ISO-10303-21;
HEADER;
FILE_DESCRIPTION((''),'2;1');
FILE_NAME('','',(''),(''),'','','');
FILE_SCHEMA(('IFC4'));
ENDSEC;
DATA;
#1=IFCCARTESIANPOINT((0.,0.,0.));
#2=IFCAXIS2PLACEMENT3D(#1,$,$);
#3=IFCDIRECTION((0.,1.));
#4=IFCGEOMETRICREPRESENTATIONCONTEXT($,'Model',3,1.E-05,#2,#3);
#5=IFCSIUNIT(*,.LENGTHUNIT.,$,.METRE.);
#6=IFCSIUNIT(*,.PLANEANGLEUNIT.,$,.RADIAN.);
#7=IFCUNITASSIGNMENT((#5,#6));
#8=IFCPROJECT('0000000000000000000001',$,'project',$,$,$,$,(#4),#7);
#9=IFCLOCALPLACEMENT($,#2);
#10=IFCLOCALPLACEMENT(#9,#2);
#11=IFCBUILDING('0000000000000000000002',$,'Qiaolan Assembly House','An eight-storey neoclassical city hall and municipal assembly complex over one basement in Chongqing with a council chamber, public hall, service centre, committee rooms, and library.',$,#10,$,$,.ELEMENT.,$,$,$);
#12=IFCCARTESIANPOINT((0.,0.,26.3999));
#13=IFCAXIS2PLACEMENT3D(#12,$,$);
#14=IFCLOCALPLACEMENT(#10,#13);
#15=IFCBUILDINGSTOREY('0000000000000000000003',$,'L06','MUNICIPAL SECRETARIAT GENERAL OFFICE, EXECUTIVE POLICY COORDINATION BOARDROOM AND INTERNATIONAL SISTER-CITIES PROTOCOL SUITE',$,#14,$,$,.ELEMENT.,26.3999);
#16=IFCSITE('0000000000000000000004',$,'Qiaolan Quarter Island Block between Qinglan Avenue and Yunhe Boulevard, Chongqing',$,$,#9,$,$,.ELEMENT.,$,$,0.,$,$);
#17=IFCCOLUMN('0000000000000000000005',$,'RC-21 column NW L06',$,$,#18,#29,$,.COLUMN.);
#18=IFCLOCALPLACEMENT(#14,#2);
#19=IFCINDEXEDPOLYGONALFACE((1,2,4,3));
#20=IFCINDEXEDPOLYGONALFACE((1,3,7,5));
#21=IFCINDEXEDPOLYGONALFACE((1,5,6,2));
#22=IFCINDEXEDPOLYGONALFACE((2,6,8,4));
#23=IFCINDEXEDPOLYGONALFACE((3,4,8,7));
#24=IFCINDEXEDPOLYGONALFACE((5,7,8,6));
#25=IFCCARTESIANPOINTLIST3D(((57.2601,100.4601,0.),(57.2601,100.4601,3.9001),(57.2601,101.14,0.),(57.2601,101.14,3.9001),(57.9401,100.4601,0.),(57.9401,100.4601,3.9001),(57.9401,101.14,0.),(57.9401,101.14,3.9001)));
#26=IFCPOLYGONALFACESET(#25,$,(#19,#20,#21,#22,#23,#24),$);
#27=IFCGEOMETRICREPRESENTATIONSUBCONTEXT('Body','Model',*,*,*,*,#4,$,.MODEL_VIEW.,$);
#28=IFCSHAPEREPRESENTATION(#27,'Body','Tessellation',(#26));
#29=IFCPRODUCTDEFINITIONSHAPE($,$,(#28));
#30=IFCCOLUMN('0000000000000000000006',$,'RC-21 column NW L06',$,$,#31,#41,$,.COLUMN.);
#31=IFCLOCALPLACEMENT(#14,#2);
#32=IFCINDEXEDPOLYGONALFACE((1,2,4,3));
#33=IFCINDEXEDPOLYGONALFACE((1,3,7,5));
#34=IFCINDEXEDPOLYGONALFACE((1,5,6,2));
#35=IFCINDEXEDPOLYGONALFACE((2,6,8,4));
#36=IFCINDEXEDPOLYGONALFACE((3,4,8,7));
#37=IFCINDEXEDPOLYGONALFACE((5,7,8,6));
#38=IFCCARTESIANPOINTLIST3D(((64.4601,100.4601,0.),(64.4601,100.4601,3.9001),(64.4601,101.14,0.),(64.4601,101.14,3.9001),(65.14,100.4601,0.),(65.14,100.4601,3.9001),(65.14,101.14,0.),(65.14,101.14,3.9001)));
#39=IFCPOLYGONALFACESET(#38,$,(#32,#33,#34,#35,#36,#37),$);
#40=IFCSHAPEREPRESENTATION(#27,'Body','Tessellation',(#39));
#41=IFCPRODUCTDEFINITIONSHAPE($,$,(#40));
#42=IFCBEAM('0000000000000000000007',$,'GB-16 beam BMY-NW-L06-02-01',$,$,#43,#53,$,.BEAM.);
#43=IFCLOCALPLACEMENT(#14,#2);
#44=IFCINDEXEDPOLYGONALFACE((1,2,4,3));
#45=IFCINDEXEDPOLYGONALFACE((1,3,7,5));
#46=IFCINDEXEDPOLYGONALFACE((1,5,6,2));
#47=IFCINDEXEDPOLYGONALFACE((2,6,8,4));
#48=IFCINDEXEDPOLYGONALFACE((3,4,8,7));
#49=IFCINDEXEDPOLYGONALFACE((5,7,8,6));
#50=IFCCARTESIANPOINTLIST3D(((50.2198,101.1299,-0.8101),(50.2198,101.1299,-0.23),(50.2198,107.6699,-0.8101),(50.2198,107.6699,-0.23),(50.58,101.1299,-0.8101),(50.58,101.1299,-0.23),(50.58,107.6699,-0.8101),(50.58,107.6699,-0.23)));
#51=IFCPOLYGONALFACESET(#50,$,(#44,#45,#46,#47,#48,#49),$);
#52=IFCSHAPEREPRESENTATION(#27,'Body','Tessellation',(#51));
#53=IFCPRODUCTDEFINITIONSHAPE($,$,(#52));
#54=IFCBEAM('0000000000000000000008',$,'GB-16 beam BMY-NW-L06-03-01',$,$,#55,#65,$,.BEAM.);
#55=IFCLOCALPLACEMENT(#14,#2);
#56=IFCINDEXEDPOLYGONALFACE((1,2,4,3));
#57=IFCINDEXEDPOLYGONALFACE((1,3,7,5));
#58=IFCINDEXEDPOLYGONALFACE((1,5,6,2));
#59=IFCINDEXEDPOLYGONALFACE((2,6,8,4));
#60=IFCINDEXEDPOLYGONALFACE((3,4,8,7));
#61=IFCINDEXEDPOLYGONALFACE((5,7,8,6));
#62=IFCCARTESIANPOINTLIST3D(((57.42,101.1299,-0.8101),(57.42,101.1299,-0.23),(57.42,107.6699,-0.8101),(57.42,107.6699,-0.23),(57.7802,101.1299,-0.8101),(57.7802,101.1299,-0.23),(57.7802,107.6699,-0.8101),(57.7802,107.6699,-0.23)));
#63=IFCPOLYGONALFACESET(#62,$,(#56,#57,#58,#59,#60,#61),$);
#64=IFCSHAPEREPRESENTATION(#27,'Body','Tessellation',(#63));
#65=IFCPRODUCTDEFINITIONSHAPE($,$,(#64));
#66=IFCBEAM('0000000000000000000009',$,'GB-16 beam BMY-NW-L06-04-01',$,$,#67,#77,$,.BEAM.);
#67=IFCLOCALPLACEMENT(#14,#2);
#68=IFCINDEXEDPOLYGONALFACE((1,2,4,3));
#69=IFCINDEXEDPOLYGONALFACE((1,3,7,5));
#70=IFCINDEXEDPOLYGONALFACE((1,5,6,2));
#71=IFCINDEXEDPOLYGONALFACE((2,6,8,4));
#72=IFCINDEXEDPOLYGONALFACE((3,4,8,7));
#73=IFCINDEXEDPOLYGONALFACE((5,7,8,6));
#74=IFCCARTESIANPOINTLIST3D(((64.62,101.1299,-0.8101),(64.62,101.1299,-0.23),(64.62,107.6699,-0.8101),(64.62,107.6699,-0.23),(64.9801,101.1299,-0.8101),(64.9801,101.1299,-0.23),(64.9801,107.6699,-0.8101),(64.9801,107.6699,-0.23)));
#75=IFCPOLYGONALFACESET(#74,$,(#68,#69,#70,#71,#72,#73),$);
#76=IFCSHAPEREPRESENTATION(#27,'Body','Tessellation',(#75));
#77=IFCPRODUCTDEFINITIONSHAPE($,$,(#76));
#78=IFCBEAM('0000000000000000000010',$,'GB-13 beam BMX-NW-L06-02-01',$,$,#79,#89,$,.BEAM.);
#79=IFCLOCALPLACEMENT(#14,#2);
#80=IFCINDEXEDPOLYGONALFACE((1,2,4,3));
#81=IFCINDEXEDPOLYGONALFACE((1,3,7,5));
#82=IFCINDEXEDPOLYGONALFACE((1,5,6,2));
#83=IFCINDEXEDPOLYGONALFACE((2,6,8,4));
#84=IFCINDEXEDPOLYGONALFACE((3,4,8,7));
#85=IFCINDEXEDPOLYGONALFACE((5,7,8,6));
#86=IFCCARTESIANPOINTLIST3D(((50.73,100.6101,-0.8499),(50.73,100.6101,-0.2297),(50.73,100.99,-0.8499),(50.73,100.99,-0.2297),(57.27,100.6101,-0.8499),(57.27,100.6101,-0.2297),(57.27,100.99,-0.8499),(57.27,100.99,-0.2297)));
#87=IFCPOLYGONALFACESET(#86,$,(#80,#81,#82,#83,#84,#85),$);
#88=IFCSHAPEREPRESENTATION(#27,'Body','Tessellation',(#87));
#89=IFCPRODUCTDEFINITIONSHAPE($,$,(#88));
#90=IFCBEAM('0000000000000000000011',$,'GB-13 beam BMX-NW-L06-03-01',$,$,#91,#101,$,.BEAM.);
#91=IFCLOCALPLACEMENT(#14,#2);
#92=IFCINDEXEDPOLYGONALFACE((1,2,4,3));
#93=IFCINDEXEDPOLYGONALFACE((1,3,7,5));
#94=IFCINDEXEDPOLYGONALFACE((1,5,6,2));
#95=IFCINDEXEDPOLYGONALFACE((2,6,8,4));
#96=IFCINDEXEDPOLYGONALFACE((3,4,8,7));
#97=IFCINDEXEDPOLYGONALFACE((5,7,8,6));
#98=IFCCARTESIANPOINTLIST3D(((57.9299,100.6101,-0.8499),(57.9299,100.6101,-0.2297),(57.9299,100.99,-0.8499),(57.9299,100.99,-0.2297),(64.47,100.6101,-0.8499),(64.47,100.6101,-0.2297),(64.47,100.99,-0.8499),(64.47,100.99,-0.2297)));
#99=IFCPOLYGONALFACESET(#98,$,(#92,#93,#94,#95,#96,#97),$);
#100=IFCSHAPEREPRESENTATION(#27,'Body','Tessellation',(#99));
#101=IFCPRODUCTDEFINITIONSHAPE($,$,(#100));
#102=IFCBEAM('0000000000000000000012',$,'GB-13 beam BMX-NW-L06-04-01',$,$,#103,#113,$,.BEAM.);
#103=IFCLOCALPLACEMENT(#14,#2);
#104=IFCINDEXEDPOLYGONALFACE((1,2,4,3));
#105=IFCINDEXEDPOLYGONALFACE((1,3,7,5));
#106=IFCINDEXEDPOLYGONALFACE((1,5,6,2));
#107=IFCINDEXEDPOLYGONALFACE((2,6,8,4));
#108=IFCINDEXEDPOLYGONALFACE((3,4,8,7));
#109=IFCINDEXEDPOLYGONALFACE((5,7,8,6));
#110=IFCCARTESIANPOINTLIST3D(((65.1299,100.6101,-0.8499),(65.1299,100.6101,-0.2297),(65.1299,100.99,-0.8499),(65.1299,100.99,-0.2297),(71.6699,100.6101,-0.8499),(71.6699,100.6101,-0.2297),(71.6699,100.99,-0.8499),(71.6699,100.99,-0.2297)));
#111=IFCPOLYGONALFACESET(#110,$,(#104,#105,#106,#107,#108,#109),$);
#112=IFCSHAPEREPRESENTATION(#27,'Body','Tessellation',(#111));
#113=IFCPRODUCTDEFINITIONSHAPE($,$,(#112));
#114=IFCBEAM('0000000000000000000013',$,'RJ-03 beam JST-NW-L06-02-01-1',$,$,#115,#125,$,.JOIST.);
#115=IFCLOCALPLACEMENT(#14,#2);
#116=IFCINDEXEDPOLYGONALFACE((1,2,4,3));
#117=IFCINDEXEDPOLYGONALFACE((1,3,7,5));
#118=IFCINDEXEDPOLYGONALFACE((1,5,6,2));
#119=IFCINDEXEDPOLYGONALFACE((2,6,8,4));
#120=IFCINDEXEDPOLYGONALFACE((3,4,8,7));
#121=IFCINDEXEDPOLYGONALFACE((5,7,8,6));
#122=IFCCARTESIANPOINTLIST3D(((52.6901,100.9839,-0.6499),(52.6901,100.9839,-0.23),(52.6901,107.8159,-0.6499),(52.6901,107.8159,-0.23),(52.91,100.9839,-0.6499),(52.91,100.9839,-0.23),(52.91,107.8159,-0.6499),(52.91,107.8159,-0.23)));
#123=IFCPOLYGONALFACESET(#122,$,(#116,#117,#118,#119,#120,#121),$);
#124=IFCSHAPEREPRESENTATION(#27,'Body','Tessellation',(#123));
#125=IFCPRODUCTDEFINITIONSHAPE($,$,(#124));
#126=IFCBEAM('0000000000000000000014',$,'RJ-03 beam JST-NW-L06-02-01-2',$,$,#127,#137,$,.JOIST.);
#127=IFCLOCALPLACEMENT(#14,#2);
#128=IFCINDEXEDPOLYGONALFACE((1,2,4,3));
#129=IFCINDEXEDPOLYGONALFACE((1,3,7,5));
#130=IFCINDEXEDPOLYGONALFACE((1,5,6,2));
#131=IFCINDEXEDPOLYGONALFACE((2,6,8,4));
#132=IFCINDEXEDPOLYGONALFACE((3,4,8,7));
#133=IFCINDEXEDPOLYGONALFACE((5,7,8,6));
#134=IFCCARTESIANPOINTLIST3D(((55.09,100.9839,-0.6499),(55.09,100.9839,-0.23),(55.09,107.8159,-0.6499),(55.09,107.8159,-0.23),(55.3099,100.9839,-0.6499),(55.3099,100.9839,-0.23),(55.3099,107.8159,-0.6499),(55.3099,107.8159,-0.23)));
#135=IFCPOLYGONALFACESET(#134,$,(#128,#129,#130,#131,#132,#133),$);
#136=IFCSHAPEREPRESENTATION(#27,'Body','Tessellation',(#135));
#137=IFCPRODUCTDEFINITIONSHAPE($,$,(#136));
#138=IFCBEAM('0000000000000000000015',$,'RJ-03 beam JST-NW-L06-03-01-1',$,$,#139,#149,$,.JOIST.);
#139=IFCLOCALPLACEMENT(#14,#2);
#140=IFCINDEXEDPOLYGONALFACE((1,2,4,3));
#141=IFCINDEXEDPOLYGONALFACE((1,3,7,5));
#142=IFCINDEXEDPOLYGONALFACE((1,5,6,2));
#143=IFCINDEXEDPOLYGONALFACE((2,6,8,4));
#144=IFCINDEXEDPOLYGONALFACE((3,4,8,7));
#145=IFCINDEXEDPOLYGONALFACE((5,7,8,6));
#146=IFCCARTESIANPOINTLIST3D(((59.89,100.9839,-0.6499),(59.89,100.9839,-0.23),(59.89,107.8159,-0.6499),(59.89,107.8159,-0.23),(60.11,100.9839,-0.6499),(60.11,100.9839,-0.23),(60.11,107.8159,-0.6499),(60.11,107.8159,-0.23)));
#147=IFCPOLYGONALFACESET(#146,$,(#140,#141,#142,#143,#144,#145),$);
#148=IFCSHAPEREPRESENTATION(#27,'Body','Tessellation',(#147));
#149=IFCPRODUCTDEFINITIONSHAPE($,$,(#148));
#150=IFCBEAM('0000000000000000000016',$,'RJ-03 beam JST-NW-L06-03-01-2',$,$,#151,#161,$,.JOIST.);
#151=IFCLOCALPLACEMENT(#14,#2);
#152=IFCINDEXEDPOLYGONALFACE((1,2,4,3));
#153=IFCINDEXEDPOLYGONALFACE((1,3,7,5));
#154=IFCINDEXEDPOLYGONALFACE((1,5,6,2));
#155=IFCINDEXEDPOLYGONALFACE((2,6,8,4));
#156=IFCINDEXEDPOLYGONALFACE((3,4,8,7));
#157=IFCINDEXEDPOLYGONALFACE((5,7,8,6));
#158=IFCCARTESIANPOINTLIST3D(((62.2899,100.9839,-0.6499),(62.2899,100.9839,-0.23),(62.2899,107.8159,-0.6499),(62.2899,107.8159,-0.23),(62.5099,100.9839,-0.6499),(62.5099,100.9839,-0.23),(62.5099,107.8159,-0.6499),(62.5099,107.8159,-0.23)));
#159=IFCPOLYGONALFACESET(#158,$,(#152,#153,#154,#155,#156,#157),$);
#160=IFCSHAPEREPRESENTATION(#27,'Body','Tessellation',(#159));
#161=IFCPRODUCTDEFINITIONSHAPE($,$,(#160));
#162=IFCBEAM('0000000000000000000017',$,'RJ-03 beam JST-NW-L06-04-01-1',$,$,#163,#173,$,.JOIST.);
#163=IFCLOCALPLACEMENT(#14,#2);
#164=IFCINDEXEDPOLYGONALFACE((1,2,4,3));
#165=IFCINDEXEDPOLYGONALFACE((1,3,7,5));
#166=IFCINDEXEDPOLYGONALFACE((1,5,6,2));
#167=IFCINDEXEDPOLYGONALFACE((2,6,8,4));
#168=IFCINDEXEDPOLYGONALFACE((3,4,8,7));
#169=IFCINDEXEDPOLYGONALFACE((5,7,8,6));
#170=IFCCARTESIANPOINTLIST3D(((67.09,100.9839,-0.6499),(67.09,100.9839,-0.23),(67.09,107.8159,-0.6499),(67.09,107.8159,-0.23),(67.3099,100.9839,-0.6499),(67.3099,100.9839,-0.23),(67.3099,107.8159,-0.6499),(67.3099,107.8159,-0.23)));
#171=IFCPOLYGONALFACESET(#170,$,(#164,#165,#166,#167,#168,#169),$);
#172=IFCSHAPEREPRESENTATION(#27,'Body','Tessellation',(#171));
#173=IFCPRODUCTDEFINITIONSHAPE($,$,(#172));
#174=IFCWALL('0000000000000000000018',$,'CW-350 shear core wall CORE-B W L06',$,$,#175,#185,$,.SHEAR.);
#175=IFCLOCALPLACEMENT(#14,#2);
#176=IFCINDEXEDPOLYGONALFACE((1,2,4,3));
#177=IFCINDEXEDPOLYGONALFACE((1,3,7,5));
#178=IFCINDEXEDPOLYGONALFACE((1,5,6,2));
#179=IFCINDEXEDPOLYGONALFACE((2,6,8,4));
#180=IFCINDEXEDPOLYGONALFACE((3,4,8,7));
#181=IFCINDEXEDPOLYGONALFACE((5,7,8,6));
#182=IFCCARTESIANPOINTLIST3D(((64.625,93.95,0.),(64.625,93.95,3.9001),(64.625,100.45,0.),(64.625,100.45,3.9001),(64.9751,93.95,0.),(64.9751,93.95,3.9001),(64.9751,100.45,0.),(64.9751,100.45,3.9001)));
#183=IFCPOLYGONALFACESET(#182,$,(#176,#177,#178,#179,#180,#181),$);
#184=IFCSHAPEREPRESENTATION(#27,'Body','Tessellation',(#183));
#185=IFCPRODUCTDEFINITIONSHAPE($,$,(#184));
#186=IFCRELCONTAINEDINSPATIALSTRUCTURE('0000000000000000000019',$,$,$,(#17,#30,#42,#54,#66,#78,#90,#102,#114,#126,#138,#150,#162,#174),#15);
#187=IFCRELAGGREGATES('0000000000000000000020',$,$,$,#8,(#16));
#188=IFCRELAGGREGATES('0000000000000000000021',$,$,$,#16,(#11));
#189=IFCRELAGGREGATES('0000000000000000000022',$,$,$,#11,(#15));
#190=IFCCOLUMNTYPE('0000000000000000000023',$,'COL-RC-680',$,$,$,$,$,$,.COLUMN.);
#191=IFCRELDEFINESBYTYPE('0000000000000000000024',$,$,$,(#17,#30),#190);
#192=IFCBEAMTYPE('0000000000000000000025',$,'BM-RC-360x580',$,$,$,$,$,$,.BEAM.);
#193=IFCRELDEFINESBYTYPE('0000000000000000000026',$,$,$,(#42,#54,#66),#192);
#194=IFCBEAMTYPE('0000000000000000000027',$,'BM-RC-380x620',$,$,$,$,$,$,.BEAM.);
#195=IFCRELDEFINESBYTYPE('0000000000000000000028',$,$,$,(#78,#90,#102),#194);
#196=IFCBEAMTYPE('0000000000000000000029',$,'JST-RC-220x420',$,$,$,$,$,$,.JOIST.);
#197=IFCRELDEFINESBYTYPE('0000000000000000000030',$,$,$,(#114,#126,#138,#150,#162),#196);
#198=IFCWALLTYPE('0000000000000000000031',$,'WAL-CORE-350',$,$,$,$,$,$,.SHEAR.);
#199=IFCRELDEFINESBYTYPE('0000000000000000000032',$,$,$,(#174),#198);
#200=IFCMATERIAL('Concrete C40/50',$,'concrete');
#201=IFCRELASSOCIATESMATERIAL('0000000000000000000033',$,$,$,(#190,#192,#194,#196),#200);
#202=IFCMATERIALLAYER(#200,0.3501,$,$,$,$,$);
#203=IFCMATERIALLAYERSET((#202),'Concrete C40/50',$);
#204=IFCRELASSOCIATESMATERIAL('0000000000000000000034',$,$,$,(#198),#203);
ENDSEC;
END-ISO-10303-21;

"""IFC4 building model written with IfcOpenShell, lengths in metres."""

from ifc_helpers import new_model, si_unit, direction, frame, frame_2d, origin, origin_2d, place, context, subcontext, project, spatial, rectangle, extrude, material, layer, layer_set, material_profile, profile_set, type_object, element, save


model = new_model("IFC4")

# Units and contexts
model_context = context("Model", 3, precision=1e-05, world=origin(), true_north=direction((0.0, 1.0)))
body_context = subcontext(model_context, "Body", "Model", "MODEL_VIEW")
ifc_project = project(units=[si_unit("LENGTHUNIT", "METRE"), si_unit("PLANEANGLEUNIT", "RADIAN")], contexts=[model_context])

# Site, building, storey
site_placement = place(None, origin())
site = spatial("IfcSite", under=ifc_project, at=site_placement, Name="Qiaolan Quarter Island Block between Qinglan Avenue and Yunhe Boulevard, Chongqing", CompositionType="ELEMENT", RefElevation=0.0)
building_placement = place(site_placement, origin())
building = spatial("IfcBuilding", under=site, at=building_placement, Name="Qiaolan Assembly House", Description="An eight-storey neoclassical city hall and municipal assembly complex over one basement in Chongqing with a council chamber, public hall, service centre, committee rooms, and library.", CompositionType="ELEMENT")
storey_placement = place(building_placement, frame((0.0, 0.0, 26.3999)))
storey = spatial("IfcBuildingStorey", under=building, at=storey_placement, Name="L06", Description="MUNICIPAL SECRETARIAT GENERAL OFFICE, EXECUTIVE POLICY COORDINATION BOARDROOM AND INTERNATIONAL SISTER-CITIES PROTOCOL SUITE", CompositionType="ELEMENT", Elevation=26.3999)

# Columns
ifc_material_1 = material(Name="Concrete C40/50", Category="concrete")
ifc_material_profile_1 = material_profile(ifc_material_1, rectangle(XDim=0.6799, YDim=0.6799, at=origin_2d()), Name="RC 680x680")
ifc_profile_set_1 = profile_set([ifc_material_profile_1], Name="Concrete C40/50")
column_type = type_object("IfcColumnType", Name="COL-RC-680", PredefinedType="COLUMN", material=ifc_profile_set_1)
for number, where, z_axis, x_axis, name in (
    (1, (57.6001, 100.8, 0.0), (0.0, 0.0, 1.0), (1.0, 0.0, 0.0), "RC-21 column NW L06"),
    (2, (64.8, 100.8, 0.0), (0.0, 0.0, 1.0), (1.0, 0.0, 0.0), "RC-21 column NW L06"),
):
    element("IfcColumn", number, at=place(storey_placement, frame(where, z_axis=z_axis, x_axis=x_axis)), inside=storey, type_object=column_type, Name=name, PredefinedType="COLUMN", context=body_context, shape_type="SweptSolid", body=[
        extrude(rectangle(XDim=0.6799, YDim=0.6799, at=origin_2d()), origin(), (0.0, 0.0, 1.0), 3.9001),
    ])

# Beams
ifc_material_profile_2 = material_profile(ifc_material_1, rectangle(XDim=0.3601, YDim=0.5801, at=origin_2d()), Name="RCB 360x580")
ifc_profile_set_2 = profile_set([ifc_material_profile_2], Name="Concrete C40/50")
beam_type_1 = type_object("IfcBeamType", Name="BM-RC-360x580", PredefinedType="BEAM", material=ifc_profile_set_2)
for number, where, z_axis, x_axis, name in (
    (3, (50.3999, 101.1299, -0.52), (0.0, 1.0, 0.0), (-1.0, 0.0, 0.0), "GB-16 beam BMY-NW-L06-02-01"),
    (4, (57.6001, 101.1299, -0.52), (0.0, 1.0, 0.0), (-1.0, 0.0, 0.0), "GB-16 beam BMY-NW-L06-03-01"),
    (5, (64.8, 101.1299, -0.52), (0.0, 1.0, 0.0), (-1.0, 0.0, 0.0), "GB-16 beam BMY-NW-L06-04-01"),
):
    element("IfcBeam", number, at=place(storey_placement, frame(where, z_axis=z_axis, x_axis=x_axis)), inside=storey, type_object=beam_type_1, Name=name, PredefinedType="BEAM", context=body_context, shape_type="SweptSolid", body=[
        extrude(rectangle(XDim=0.3601, YDim=0.5801, at=origin_2d()), origin(), (0.0, 0.0, 1.0), 6.54),
    ])
ifc_material_profile_3 = material_profile(ifc_material_1, rectangle(XDim=0.3799, YDim=0.6201, at=origin_2d()), Name="RCB 380x620")
ifc_profile_set_3 = profile_set([ifc_material_profile_3], Name="Concrete C40/50")
beam_type_2 = type_object("IfcBeamType", Name="BM-RC-380x620", PredefinedType="BEAM", material=ifc_profile_set_3)
for number, where, z_axis, x_axis, name in (
    (6, (50.73, 100.8, -0.5398), (1.0, 0.0, 0.0), (0.0, 1.0, 0.0), "GB-13 beam BMX-NW-L06-02-01"),
    (7, (57.9299, 100.8, -0.5398), (1.0, 0.0, 0.0), (0.0, 1.0, 0.0), "GB-13 beam BMX-NW-L06-03-01"),
    (8, (65.1299, 100.8, -0.5398), (1.0, 0.0, 0.0), (0.0, 1.0, 0.0), "GB-13 beam BMX-NW-L06-04-01"),
):
    element("IfcBeam", number, at=place(storey_placement, frame(where, z_axis=z_axis, x_axis=x_axis)), inside=storey, type_object=beam_type_2, Name=name, PredefinedType="BEAM", context=body_context, shape_type="SweptSolid", body=[
        extrude(rectangle(XDim=0.3799, YDim=0.6201, at=origin_2d()), origin(), (0.0, 0.0, 1.0), 6.54),
    ])
ifc_material_profile_4 = material_profile(ifc_material_1, rectangle(XDim=0.22, YDim=0.4199, at=origin_2d()), Name="RCB 220x420")
ifc_profile_set_4 = profile_set([ifc_material_profile_4], Name="Concrete C40/50")
beam_type_3 = type_object("IfcBeamType", Name="JST-RC-220x420", PredefinedType="JOIST", material=ifc_profile_set_4)
for number, where, z_axis, x_axis, name in (
    (9, (52.8, 100.9839, -0.4399), (0.0, 1.0, 0.0), (-1.0, 0.0, 0.0), "RJ-03 beam JST-NW-L06-02-01-1"),
    (10, (55.2, 100.9839, -0.4399), (0.0, 1.0, 0.0), (-1.0, 0.0, 0.0), "RJ-03 beam JST-NW-L06-02-01-2"),
    (11, (60.0, 100.9839, -0.4399), (0.0, 1.0, 0.0), (-1.0, 0.0, 0.0), "RJ-03 beam JST-NW-L06-03-01-1"),
    (12, (62.3999, 100.9839, -0.4399), (0.0, 1.0, 0.0), (-1.0, 0.0, 0.0), "RJ-03 beam JST-NW-L06-03-01-2"),
    (13, (67.2, 100.9839, -0.4399), (0.0, 1.0, 0.0), (-1.0, 0.0, 0.0), "RJ-03 beam JST-NW-L06-04-01-1"),
):
    element("IfcBeam", number, at=place(storey_placement, frame(where, z_axis=z_axis, x_axis=x_axis)), inside=storey, type_object=beam_type_3, Name=name, PredefinedType="JOIST", context=body_context, shape_type="SweptSolid", body=[
        extrude(rectangle(XDim=0.22, YDim=0.4199, at=origin_2d()), origin(), (0.0, 0.0, 1.0), 6.832),
    ])

# Wall
ifc_layer_1 = layer(ifc_material_1, 0.3501)
ifc_layer_set_1 = layer_set([ifc_layer_1], Name="Concrete C40/50")
wall_type_1 = type_object("IfcWallType", Name="WAL-CORE-350", PredefinedType="SHEAR", material=ifc_layer_set_1)
wall_1_placement = place(storey_placement, frame((64.8, 100.45, 0.0), z_axis=(0.0, 0.0, 1.0), x_axis=(0.0, -1.0, 0.0)))
element("IfcWall", 14, at=wall_1_placement, inside=storey, type_object=wall_type_1, Name="CW-350 shear core wall CORE-B W L06", PredefinedType="SHEAR", context=body_context, shape_type="SweptSolid", body=[
    extrude(rectangle(XDim=6.5, YDim=0.3501, at=frame_2d((3.25, 0.0))), origin(), (0.0, 0.0, 1.0), 3.9001),
])

save(model, "model.ifc")
